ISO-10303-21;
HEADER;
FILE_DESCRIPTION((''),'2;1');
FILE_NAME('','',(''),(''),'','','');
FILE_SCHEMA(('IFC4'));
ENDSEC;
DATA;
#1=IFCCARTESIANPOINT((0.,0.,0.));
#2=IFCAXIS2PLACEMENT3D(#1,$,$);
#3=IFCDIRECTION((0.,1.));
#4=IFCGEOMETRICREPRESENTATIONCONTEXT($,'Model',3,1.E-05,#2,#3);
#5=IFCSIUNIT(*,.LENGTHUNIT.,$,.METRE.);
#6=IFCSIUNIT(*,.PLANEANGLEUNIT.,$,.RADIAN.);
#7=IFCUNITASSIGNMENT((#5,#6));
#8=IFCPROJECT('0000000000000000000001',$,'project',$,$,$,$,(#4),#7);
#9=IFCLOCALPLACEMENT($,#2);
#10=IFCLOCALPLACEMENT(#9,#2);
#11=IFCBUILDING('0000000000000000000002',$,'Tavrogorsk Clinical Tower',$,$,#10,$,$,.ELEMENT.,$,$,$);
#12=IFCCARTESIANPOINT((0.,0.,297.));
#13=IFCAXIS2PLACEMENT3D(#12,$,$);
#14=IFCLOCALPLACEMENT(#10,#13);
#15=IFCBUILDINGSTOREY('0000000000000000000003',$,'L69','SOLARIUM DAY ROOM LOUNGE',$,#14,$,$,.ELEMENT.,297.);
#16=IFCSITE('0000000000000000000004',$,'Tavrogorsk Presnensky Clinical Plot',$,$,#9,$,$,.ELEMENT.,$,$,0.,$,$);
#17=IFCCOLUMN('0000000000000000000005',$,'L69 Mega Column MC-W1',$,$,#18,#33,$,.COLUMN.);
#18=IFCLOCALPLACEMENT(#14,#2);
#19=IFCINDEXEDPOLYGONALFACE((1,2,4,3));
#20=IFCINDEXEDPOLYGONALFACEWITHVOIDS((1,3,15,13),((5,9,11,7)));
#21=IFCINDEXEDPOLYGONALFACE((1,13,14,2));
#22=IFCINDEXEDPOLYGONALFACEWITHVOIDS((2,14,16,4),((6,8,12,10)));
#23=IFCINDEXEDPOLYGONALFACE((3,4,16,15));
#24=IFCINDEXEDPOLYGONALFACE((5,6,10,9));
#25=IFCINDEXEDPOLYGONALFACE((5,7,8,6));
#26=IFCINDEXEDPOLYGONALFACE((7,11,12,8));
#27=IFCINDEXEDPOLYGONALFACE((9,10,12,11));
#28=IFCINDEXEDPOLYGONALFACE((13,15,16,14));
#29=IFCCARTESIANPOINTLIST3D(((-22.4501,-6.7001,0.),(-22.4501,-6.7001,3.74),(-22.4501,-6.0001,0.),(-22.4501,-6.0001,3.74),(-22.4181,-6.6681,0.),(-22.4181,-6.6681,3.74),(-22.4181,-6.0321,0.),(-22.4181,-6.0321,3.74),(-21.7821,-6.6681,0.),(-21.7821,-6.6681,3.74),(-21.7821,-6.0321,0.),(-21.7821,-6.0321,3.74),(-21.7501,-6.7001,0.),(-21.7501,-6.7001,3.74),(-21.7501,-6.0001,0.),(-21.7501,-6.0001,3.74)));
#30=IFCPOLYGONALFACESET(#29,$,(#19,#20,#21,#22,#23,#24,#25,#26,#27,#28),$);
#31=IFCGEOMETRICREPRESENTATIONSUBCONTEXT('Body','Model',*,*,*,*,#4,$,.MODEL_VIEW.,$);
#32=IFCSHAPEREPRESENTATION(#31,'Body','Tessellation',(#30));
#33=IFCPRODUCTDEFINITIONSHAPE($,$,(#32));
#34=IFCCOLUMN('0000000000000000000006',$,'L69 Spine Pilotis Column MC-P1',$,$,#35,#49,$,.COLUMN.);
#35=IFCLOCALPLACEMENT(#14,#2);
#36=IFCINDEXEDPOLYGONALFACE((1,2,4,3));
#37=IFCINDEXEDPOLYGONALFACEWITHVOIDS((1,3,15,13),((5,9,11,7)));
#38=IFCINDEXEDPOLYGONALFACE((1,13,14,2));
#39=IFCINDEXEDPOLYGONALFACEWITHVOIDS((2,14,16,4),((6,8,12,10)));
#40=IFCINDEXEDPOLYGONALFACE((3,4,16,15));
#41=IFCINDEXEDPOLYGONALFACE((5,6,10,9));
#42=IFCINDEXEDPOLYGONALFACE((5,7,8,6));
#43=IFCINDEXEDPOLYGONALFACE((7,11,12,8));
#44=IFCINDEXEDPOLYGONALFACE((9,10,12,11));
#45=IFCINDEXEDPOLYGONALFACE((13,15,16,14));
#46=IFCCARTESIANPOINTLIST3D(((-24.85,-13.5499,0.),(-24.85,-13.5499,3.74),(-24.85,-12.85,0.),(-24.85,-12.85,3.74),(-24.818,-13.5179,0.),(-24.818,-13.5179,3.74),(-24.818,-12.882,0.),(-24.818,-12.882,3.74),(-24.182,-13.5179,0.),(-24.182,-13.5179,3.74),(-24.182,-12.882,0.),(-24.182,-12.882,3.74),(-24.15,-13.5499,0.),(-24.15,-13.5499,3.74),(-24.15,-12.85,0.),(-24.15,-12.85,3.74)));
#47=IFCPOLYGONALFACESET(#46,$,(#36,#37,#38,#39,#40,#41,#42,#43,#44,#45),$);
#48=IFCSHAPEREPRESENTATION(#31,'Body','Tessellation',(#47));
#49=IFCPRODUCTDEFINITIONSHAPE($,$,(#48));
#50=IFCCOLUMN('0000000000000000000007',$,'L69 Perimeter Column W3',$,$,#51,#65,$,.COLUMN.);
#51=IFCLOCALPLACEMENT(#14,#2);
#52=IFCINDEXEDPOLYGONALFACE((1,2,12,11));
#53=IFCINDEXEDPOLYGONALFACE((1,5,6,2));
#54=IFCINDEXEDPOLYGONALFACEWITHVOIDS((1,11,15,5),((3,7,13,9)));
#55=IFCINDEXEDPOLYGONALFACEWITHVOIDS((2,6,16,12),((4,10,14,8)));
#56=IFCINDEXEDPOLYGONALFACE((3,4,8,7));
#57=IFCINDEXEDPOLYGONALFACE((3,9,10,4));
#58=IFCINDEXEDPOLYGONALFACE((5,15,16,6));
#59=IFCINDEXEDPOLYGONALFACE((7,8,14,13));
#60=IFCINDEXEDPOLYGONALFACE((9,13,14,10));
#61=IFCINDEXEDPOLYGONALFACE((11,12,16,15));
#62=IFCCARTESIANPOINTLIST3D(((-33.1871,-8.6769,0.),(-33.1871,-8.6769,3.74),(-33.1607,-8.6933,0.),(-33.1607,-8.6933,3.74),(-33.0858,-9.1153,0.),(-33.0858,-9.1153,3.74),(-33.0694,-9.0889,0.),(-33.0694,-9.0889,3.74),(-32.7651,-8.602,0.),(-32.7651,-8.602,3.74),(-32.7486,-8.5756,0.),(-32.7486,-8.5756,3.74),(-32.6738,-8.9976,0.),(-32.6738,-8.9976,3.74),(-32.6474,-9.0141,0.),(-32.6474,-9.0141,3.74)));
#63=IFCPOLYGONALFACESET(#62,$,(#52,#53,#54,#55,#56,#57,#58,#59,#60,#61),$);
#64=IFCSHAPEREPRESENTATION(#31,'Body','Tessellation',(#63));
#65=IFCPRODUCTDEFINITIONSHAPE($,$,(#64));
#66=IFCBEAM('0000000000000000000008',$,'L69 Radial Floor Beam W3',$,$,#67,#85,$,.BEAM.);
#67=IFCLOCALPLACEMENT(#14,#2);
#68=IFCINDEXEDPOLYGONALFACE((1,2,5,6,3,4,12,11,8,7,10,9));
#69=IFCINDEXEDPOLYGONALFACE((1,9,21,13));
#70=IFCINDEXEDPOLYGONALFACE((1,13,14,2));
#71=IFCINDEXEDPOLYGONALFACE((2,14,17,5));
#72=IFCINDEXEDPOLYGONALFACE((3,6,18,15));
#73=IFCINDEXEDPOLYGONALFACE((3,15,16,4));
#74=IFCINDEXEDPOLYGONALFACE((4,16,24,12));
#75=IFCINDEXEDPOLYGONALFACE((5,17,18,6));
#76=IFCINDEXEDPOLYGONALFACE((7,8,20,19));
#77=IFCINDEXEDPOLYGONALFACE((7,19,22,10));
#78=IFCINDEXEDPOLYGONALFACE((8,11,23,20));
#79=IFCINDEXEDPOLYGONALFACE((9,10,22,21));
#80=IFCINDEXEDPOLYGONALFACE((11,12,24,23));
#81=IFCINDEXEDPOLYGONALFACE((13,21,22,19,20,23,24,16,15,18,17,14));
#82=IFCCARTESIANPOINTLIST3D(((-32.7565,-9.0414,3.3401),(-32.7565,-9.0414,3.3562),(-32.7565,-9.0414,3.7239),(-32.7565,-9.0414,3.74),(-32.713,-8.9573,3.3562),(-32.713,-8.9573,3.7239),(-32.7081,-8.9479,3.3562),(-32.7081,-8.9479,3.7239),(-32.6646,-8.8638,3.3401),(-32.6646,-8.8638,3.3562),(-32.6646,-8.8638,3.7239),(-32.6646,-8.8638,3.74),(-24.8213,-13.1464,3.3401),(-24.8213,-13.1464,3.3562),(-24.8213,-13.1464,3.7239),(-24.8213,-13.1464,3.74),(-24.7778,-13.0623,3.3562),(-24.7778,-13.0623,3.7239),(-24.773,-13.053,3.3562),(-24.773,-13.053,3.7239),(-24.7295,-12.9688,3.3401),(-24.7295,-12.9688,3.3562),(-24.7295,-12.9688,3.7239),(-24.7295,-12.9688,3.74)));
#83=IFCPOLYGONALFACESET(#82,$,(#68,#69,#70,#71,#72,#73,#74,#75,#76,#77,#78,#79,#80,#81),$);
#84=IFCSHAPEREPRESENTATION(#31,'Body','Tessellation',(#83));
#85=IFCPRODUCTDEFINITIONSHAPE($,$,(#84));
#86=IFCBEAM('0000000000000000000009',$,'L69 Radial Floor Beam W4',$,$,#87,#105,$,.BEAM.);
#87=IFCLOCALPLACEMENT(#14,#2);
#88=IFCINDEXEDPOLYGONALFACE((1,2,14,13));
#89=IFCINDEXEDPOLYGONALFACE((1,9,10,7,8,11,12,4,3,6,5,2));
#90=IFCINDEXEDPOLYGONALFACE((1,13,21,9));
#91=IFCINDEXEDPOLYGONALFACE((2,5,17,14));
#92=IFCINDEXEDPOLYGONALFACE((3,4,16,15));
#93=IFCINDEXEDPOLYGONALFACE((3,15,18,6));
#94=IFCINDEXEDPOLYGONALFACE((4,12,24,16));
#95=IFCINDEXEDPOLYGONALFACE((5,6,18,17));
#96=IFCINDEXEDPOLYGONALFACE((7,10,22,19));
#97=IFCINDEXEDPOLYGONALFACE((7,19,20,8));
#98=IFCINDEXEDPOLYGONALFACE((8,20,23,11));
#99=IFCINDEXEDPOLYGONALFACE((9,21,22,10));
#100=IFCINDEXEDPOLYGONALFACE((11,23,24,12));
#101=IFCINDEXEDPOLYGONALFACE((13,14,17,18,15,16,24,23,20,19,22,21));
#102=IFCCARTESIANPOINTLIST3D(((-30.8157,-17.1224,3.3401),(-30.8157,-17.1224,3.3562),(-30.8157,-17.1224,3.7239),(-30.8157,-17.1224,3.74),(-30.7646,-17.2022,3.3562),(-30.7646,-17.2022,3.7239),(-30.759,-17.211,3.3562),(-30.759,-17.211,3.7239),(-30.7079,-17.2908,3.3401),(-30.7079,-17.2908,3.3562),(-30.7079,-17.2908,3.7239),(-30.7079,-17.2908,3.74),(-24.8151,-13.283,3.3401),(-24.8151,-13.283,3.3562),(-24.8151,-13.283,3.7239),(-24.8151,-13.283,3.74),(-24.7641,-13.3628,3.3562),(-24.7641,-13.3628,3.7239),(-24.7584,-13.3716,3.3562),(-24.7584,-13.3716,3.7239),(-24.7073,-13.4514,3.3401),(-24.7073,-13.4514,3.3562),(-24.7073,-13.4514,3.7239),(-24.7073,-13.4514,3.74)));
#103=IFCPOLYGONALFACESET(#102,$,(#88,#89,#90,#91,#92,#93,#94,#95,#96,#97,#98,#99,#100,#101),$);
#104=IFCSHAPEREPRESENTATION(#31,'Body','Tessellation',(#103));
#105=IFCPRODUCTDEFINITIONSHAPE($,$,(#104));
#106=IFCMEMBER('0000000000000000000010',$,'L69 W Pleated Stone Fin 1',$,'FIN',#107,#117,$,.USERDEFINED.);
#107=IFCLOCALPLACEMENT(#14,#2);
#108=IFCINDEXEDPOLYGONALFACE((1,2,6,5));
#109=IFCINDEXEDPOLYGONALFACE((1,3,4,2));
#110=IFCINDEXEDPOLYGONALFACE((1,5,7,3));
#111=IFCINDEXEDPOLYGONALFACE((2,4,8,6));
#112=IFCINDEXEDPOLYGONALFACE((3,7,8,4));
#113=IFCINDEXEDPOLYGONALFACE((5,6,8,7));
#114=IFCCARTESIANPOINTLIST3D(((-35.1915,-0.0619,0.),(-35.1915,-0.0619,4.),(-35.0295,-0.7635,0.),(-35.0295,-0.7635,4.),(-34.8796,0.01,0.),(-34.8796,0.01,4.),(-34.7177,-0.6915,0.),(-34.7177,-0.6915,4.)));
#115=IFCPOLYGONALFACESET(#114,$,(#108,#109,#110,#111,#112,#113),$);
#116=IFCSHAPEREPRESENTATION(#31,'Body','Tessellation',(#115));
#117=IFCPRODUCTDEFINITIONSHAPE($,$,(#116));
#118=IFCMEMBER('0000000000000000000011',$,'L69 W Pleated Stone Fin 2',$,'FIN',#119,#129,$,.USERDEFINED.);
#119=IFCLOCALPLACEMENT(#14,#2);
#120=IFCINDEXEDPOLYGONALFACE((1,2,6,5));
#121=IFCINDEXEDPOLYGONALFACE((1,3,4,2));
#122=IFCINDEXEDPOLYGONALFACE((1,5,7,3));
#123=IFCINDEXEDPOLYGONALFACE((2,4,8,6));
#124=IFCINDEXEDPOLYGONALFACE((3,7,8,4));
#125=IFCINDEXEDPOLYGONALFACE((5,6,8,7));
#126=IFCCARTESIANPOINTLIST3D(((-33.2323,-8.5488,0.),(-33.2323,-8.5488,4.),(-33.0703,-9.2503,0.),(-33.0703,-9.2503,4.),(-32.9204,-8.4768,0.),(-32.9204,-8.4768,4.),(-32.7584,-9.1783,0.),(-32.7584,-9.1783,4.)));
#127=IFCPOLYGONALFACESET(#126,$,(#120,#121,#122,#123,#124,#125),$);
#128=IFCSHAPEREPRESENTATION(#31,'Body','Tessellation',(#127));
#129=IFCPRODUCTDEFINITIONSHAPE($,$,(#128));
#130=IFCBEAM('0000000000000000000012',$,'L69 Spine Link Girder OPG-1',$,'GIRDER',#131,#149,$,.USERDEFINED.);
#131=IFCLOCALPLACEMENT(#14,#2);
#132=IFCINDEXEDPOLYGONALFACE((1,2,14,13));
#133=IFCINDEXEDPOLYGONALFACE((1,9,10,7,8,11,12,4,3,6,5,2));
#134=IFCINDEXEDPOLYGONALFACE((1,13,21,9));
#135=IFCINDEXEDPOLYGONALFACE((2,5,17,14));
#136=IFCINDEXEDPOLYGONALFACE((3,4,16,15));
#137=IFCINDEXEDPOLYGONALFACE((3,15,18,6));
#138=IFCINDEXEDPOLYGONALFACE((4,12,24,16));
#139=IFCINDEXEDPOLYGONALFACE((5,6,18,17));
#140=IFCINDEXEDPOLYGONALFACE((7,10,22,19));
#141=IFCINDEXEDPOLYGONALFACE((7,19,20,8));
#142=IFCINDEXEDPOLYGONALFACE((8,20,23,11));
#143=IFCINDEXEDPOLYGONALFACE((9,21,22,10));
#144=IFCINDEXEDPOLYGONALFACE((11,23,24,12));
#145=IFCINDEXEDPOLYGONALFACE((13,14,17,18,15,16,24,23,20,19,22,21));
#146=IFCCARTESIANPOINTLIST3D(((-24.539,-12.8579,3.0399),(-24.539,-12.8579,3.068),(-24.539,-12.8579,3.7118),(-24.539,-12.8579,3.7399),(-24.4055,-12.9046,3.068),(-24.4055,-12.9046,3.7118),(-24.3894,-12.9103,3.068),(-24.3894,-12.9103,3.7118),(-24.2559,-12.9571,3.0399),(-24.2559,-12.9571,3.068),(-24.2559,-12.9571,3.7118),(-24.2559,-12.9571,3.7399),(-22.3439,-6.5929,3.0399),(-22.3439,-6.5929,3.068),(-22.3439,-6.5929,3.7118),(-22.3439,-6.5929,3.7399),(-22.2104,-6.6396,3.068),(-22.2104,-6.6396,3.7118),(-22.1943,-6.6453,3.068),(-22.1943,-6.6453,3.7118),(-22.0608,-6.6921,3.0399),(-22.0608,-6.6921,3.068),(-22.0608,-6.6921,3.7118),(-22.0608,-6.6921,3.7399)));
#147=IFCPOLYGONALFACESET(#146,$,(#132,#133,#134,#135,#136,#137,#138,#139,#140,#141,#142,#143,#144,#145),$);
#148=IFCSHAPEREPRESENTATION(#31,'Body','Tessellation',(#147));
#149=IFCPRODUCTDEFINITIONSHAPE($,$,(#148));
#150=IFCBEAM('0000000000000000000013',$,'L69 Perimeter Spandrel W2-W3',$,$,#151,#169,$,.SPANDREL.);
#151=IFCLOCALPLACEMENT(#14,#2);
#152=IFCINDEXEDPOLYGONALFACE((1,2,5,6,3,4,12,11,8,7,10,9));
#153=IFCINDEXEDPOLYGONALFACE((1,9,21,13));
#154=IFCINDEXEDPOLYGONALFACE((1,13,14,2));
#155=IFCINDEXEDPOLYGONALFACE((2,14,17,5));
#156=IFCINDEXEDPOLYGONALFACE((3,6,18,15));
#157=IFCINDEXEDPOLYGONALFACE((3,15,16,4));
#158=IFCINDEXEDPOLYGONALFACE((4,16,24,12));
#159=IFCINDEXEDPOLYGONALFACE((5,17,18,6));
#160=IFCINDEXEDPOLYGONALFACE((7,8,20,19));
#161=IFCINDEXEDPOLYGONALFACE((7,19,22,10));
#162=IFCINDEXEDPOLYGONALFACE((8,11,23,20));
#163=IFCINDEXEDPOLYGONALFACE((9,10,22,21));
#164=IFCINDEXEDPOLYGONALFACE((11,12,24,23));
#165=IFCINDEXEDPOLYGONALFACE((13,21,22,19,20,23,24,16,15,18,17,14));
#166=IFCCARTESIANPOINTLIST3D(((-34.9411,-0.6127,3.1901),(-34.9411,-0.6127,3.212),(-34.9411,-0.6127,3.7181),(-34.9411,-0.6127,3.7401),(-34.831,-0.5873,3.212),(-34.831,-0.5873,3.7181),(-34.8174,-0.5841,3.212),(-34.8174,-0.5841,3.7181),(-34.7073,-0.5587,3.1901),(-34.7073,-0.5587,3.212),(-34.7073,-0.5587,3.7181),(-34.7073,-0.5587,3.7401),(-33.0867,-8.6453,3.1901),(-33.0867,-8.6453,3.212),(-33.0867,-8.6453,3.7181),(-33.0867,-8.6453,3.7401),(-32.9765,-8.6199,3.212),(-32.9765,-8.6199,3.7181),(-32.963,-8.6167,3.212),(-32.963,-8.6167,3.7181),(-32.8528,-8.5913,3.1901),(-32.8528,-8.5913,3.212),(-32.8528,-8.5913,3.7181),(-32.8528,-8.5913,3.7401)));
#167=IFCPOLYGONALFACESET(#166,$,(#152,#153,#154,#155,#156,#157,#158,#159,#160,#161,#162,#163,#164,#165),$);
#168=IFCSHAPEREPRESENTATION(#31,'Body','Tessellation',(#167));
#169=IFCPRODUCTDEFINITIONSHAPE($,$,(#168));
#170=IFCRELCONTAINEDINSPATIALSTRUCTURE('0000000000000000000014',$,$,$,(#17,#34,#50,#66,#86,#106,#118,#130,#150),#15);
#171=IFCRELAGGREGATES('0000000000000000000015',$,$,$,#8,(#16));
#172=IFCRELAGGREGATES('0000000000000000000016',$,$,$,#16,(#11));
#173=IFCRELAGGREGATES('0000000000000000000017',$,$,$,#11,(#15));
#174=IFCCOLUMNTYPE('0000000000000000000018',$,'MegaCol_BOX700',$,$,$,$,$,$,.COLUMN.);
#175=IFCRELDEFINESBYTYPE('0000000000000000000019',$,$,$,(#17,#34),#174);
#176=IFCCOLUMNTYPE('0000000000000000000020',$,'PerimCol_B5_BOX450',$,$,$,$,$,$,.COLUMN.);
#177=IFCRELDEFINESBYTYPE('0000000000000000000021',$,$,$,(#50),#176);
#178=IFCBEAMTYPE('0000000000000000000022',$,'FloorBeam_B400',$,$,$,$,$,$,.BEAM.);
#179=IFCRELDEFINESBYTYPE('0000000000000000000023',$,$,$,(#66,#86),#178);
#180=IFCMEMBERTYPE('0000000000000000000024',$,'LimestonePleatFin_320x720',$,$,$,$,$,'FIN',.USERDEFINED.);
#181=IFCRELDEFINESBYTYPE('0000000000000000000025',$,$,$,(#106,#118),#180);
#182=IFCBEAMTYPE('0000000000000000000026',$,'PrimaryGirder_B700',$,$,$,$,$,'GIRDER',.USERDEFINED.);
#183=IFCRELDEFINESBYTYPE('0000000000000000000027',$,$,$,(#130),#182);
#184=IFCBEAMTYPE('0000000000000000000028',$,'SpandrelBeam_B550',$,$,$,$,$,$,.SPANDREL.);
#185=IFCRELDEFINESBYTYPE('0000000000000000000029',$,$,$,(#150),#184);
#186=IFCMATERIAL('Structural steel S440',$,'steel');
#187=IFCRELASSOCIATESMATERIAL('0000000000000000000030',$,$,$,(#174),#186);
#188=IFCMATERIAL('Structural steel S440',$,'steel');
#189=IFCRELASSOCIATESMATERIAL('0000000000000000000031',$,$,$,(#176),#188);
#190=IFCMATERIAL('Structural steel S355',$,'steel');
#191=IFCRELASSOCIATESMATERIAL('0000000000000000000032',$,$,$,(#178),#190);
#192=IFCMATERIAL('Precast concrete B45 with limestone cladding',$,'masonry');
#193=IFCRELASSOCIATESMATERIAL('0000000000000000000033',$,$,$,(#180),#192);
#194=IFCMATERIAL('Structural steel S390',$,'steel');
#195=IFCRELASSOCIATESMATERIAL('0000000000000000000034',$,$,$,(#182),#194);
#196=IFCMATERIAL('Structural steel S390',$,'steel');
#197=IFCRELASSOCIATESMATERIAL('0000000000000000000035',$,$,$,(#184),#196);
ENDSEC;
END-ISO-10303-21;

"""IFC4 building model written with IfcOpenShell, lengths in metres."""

from ifc_helpers import new_model, si_unit, direction, frame, origin, origin_2d, place, context, subcontext, project, spatial, rectangle, hollow_rectangle, i_section, extrude, material, material_profile, profile_set, type_object, element, save


model = new_model("IFC4")

# Units and contexts
model_context = context("Model", 3, precision=1e-05, world=origin(), true_north=direction((0.0, 1.0)))
body_context = subcontext(model_context, "Body", "Model", "MODEL_VIEW")
ifc_project = project(units=[si_unit("LENGTHUNIT", "METRE"), si_unit("PLANEANGLEUNIT", "RADIAN")], contexts=[model_context])

# Site, building, storey
site_placement = place(None, origin())
site = spatial("IfcSite", under=ifc_project, at=site_placement, Name="Tavrogorsk Presnensky Clinical Plot", CompositionType="ELEMENT", RefElevation=0.0)
building_placement = place(site_placement, origin())
building = spatial("IfcBuilding", under=site, at=building_placement, Name="Tavrogorsk Clinical Tower", CompositionType="ELEMENT")
storey_placement = place(building_placement, frame((0.0, 0.0, 297.0)))
storey = spatial("IfcBuildingStorey", under=building, at=storey_placement, Name="L69", Description="SOLARIUM DAY ROOM LOUNGE", CompositionType="ELEMENT", Elevation=297.0)

# Columns
ifc_material_1 = material(Name="Structural steel S440", Category="steel")
ifc_material_profile_1 = material_profile(ifc_material_1, hollow_rectangle(XDim=0.7, YDim=0.7, WallThickness=0.032, at=origin_2d()), Name="BOX-700x700x32")
ifc_profile_set_1 = profile_set([ifc_material_profile_1], Name="Structural steel S440")
column_type_1 = type_object("IfcColumnType", Name="MegaCol_BOX700", PredefinedType="COLUMN", material=ifc_profile_set_1)
for number, where, z_axis, x_axis, name in (
    (1, (-22.1001, -6.3501, 0.0), (0.0, 0.0, 1.0), (1.0, 0.0, 0.0), "L69 Mega Column MC-W1"),
    (2, (-24.5, -13.2, 0.0), (0.0, 0.0, 1.0), (1.0, 0.0, 0.0), "L69 Spine Pilotis Column MC-P1"),
):
    element("IfcColumn", number, at=place(storey_placement, frame(where, z_axis=z_axis, x_axis=x_axis)), inside=storey, type_object=column_type_1, Name=name, PredefinedType="COLUMN", context=body_context, shape_type="SweptSolid", body=[
        extrude(hollow_rectangle(XDim=0.7, YDim=0.7, WallThickness=0.032, at=origin_2d()), origin(), (0.0, 0.0, 1.0), 3.74),
    ])
ifc_material_2 = material(Name="Structural steel S440", Category="steel")
ifc_material_profile_2 = material_profile(ifc_material_2, hollow_rectangle(XDim=0.45, YDim=0.45, WallThickness=0.022, at=origin_2d()), Name="BOX-450x450x22")
ifc_profile_set_2 = profile_set([ifc_material_profile_2], Name="Structural steel S440")
column_type_2 = type_object("IfcColumnType", Name="PerimCol_B5_BOX450", PredefinedType="COLUMN", material=ifc_profile_set_2)
column_placement = place(storey_placement, frame((-32.9172, -8.8455, 0.0), z_axis=(0.0, 0.0, 1.0), x_axis=(0.97437, 0.224951, 0.0)))
element("IfcColumn", 3, at=column_placement, inside=storey, type_object=column_type_2, Name="L69 Perimeter Column W3", PredefinedType="COLUMN", context=body_context, shape_type="SweptSolid", body=[
    extrude(hollow_rectangle(XDim=0.45, YDim=0.45, WallThickness=0.022, at=origin_2d()), origin(), (0.0, 0.0, 1.0), 3.74),
])

# Beams
ifc_material_3 = material(Name="Structural steel S355", Category="steel")
ifc_material_profile_3 = material_profile(ifc_material_3, i_section(OverallWidth=0.2, OverallDepth=0.3999, WebThickness=0.0105, FlangeThickness=0.0161, at=origin_2d()), Name="B-400x200x10.5x16")
ifc_profile_set_3 = profile_set([ifc_material_profile_3], Name="Structural steel S355")
beam_type_1 = type_object("IfcBeamType", Name="FloorBeam_B400", PredefinedType="BEAM", material=ifc_profile_set_3)
beam_1_placement = place(storey_placement, frame((-24.7754, -13.0576, 3.54), z_axis=(-0.888188, 0.459479, 0.0), x_axis=(-0.459479, -0.888188, 0.0)))
element("IfcBeam", 4, at=beam_1_placement, inside=storey, type_object=beam_type_1, Name="L69 Radial Floor Beam W3", PredefinedType="BEAM", context=body_context, shape_type="SweptSolid", body=[
    extrude(i_section(OverallWidth=0.2, OverallDepth=0.3999, WebThickness=0.0105, FlangeThickness=0.0161, at=origin_2d()), origin(), (0.0, 0.0, 1.0), 8.9341),
])
beam_2_placement = place(storey_placement, frame((-24.7612, -13.3672, 3.54), z_axis=(-0.842332, -0.538958, 0.0), x_axis=(0.538958, -0.842332, 0.0)))
element("IfcBeam", 5, at=beam_2_placement, inside=storey, type_object=beam_type_1, Name="L69 Radial Floor Beam W4", PredefinedType="BEAM", context=body_context, shape_type="SweptSolid", body=[
    extrude(i_section(OverallWidth=0.2, OverallDepth=0.3999, WebThickness=0.0105, FlangeThickness=0.0161, at=origin_2d()), origin(), (0.0, 0.0, 1.0), 7.1238),
])

# Members
ifc_material_4 = material(Name="Precast concrete B45 with limestone cladding", Category="masonry")
ifc_material_profile_4 = material_profile(ifc_material_4, rectangle(XDim=0.3201, YDim=0.72, at=origin_2d()), Name="LIMESTONE-FIN-320x720")
ifc_profile_set_4 = profile_set([ifc_material_profile_4], Name="Precast concrete B45 with limestone cladding")
member_type = type_object("IfcMemberType", Name="LimestonePleatFin_320x720", ElementType="FIN", PredefinedType="USERDEFINED", material=ifc_profile_set_4)
for number, where, z_axis, x_axis, name in (
    (6, (-34.9546, -0.3767, 0.0), (0.0, 0.0, 1.0), (0.97437, 0.224951, 0.0), "L69 W Pleated Stone Fin 1"),
    (7, (-32.9954, -8.8635, 0.0), (0.0, 0.0, 1.0), (0.97437, 0.224951, 0.0), "L69 W Pleated Stone Fin 2"),
):
    element("IfcMember", number, at=place(storey_placement, frame(where, z_axis=z_axis, x_axis=x_axis)), inside=storey, type_object=member_type, Name=name, ObjectType="FIN", PredefinedType="USERDEFINED", context=body_context, shape_type="SweptSolid", body=[
        extrude(rectangle(XDim=0.3201, YDim=0.72, at=origin_2d()), origin(), (0.0, 0.0, 1.0), 4.0),
    ])

# Beams
ifc_material_5 = material(Name="Structural steel S390", Category="steel")
ifc_material_profile_5 = material_profile(ifc_material_5, i_section(OverallWidth=0.3, OverallDepth=0.7, WebThickness=0.0171, FlangeThickness=0.0281, at=origin_2d()), Name="B-700x300x17x28")
ifc_profile_set_5 = profile_set([ifc_material_profile_5], Name="Structural steel S390")
beam_type_2 = type_object("IfcBeamType", Name="PrimaryGirder_B700", ElementType="GIRDER", PredefinedType="USERDEFINED", material=ifc_profile_set_5)
beam_3_placement = place(storey_placement, frame((-24.3975, -12.9075, 3.3899), z_axis=(0.330667, 0.943748, 0.0), x_axis=(-0.943748, 0.330667, 0.0)))
element("IfcBeam", 8, at=beam_3_placement, inside=storey, type_object=beam_type_2, Name="L69 Spine Link Girder OPG-1", ObjectType="GIRDER", PredefinedType="USERDEFINED", context=body_context, shape_type="SweptSolid", body=[
    extrude(i_section(OverallWidth=0.3, OverallDepth=0.7, WebThickness=0.0171, FlangeThickness=0.0281, at=origin_2d()), origin(), (0.0, 0.0, 1.0), 6.6384),
])
ifc_material_6 = material(Name="Structural steel S390", Category="steel")
ifc_material_profile_6 = material_profile(ifc_material_6, i_section(OverallWidth=0.24, OverallDepth=0.55, WebThickness=0.0139, FlangeThickness=0.022, at=origin_2d()), Name="B-550x240x14x22")
ifc_profile_set_6 = profile_set([ifc_material_profile_6], Name="Structural steel S390")
beam_type_3 = type_object("IfcBeamType", Name="SpandrelBeam_B550", PredefinedType="SPANDREL", material=ifc_profile_set_6)
beam_4_placement = place(storey_placement, frame((-34.8242, -0.5857, 3.4651), z_axis=(0.22495, -0.97437, 0.0), x_axis=(0.97437, 0.22495, 0.0)))
element("IfcBeam", 9, at=beam_4_placement, inside=storey, type_object=beam_type_3, Name="L69 Perimeter Spandrel W2-W3", PredefinedType="SPANDREL", context=body_context, shape_type="SweptSolid", body=[
    extrude(i_section(OverallWidth=0.24, OverallDepth=0.55, WebThickness=0.0139, FlangeThickness=0.022, at=origin_2d()), origin(), (0.0, 0.0, 1.0), 8.2439),
])

save(model, "model.ifc")
